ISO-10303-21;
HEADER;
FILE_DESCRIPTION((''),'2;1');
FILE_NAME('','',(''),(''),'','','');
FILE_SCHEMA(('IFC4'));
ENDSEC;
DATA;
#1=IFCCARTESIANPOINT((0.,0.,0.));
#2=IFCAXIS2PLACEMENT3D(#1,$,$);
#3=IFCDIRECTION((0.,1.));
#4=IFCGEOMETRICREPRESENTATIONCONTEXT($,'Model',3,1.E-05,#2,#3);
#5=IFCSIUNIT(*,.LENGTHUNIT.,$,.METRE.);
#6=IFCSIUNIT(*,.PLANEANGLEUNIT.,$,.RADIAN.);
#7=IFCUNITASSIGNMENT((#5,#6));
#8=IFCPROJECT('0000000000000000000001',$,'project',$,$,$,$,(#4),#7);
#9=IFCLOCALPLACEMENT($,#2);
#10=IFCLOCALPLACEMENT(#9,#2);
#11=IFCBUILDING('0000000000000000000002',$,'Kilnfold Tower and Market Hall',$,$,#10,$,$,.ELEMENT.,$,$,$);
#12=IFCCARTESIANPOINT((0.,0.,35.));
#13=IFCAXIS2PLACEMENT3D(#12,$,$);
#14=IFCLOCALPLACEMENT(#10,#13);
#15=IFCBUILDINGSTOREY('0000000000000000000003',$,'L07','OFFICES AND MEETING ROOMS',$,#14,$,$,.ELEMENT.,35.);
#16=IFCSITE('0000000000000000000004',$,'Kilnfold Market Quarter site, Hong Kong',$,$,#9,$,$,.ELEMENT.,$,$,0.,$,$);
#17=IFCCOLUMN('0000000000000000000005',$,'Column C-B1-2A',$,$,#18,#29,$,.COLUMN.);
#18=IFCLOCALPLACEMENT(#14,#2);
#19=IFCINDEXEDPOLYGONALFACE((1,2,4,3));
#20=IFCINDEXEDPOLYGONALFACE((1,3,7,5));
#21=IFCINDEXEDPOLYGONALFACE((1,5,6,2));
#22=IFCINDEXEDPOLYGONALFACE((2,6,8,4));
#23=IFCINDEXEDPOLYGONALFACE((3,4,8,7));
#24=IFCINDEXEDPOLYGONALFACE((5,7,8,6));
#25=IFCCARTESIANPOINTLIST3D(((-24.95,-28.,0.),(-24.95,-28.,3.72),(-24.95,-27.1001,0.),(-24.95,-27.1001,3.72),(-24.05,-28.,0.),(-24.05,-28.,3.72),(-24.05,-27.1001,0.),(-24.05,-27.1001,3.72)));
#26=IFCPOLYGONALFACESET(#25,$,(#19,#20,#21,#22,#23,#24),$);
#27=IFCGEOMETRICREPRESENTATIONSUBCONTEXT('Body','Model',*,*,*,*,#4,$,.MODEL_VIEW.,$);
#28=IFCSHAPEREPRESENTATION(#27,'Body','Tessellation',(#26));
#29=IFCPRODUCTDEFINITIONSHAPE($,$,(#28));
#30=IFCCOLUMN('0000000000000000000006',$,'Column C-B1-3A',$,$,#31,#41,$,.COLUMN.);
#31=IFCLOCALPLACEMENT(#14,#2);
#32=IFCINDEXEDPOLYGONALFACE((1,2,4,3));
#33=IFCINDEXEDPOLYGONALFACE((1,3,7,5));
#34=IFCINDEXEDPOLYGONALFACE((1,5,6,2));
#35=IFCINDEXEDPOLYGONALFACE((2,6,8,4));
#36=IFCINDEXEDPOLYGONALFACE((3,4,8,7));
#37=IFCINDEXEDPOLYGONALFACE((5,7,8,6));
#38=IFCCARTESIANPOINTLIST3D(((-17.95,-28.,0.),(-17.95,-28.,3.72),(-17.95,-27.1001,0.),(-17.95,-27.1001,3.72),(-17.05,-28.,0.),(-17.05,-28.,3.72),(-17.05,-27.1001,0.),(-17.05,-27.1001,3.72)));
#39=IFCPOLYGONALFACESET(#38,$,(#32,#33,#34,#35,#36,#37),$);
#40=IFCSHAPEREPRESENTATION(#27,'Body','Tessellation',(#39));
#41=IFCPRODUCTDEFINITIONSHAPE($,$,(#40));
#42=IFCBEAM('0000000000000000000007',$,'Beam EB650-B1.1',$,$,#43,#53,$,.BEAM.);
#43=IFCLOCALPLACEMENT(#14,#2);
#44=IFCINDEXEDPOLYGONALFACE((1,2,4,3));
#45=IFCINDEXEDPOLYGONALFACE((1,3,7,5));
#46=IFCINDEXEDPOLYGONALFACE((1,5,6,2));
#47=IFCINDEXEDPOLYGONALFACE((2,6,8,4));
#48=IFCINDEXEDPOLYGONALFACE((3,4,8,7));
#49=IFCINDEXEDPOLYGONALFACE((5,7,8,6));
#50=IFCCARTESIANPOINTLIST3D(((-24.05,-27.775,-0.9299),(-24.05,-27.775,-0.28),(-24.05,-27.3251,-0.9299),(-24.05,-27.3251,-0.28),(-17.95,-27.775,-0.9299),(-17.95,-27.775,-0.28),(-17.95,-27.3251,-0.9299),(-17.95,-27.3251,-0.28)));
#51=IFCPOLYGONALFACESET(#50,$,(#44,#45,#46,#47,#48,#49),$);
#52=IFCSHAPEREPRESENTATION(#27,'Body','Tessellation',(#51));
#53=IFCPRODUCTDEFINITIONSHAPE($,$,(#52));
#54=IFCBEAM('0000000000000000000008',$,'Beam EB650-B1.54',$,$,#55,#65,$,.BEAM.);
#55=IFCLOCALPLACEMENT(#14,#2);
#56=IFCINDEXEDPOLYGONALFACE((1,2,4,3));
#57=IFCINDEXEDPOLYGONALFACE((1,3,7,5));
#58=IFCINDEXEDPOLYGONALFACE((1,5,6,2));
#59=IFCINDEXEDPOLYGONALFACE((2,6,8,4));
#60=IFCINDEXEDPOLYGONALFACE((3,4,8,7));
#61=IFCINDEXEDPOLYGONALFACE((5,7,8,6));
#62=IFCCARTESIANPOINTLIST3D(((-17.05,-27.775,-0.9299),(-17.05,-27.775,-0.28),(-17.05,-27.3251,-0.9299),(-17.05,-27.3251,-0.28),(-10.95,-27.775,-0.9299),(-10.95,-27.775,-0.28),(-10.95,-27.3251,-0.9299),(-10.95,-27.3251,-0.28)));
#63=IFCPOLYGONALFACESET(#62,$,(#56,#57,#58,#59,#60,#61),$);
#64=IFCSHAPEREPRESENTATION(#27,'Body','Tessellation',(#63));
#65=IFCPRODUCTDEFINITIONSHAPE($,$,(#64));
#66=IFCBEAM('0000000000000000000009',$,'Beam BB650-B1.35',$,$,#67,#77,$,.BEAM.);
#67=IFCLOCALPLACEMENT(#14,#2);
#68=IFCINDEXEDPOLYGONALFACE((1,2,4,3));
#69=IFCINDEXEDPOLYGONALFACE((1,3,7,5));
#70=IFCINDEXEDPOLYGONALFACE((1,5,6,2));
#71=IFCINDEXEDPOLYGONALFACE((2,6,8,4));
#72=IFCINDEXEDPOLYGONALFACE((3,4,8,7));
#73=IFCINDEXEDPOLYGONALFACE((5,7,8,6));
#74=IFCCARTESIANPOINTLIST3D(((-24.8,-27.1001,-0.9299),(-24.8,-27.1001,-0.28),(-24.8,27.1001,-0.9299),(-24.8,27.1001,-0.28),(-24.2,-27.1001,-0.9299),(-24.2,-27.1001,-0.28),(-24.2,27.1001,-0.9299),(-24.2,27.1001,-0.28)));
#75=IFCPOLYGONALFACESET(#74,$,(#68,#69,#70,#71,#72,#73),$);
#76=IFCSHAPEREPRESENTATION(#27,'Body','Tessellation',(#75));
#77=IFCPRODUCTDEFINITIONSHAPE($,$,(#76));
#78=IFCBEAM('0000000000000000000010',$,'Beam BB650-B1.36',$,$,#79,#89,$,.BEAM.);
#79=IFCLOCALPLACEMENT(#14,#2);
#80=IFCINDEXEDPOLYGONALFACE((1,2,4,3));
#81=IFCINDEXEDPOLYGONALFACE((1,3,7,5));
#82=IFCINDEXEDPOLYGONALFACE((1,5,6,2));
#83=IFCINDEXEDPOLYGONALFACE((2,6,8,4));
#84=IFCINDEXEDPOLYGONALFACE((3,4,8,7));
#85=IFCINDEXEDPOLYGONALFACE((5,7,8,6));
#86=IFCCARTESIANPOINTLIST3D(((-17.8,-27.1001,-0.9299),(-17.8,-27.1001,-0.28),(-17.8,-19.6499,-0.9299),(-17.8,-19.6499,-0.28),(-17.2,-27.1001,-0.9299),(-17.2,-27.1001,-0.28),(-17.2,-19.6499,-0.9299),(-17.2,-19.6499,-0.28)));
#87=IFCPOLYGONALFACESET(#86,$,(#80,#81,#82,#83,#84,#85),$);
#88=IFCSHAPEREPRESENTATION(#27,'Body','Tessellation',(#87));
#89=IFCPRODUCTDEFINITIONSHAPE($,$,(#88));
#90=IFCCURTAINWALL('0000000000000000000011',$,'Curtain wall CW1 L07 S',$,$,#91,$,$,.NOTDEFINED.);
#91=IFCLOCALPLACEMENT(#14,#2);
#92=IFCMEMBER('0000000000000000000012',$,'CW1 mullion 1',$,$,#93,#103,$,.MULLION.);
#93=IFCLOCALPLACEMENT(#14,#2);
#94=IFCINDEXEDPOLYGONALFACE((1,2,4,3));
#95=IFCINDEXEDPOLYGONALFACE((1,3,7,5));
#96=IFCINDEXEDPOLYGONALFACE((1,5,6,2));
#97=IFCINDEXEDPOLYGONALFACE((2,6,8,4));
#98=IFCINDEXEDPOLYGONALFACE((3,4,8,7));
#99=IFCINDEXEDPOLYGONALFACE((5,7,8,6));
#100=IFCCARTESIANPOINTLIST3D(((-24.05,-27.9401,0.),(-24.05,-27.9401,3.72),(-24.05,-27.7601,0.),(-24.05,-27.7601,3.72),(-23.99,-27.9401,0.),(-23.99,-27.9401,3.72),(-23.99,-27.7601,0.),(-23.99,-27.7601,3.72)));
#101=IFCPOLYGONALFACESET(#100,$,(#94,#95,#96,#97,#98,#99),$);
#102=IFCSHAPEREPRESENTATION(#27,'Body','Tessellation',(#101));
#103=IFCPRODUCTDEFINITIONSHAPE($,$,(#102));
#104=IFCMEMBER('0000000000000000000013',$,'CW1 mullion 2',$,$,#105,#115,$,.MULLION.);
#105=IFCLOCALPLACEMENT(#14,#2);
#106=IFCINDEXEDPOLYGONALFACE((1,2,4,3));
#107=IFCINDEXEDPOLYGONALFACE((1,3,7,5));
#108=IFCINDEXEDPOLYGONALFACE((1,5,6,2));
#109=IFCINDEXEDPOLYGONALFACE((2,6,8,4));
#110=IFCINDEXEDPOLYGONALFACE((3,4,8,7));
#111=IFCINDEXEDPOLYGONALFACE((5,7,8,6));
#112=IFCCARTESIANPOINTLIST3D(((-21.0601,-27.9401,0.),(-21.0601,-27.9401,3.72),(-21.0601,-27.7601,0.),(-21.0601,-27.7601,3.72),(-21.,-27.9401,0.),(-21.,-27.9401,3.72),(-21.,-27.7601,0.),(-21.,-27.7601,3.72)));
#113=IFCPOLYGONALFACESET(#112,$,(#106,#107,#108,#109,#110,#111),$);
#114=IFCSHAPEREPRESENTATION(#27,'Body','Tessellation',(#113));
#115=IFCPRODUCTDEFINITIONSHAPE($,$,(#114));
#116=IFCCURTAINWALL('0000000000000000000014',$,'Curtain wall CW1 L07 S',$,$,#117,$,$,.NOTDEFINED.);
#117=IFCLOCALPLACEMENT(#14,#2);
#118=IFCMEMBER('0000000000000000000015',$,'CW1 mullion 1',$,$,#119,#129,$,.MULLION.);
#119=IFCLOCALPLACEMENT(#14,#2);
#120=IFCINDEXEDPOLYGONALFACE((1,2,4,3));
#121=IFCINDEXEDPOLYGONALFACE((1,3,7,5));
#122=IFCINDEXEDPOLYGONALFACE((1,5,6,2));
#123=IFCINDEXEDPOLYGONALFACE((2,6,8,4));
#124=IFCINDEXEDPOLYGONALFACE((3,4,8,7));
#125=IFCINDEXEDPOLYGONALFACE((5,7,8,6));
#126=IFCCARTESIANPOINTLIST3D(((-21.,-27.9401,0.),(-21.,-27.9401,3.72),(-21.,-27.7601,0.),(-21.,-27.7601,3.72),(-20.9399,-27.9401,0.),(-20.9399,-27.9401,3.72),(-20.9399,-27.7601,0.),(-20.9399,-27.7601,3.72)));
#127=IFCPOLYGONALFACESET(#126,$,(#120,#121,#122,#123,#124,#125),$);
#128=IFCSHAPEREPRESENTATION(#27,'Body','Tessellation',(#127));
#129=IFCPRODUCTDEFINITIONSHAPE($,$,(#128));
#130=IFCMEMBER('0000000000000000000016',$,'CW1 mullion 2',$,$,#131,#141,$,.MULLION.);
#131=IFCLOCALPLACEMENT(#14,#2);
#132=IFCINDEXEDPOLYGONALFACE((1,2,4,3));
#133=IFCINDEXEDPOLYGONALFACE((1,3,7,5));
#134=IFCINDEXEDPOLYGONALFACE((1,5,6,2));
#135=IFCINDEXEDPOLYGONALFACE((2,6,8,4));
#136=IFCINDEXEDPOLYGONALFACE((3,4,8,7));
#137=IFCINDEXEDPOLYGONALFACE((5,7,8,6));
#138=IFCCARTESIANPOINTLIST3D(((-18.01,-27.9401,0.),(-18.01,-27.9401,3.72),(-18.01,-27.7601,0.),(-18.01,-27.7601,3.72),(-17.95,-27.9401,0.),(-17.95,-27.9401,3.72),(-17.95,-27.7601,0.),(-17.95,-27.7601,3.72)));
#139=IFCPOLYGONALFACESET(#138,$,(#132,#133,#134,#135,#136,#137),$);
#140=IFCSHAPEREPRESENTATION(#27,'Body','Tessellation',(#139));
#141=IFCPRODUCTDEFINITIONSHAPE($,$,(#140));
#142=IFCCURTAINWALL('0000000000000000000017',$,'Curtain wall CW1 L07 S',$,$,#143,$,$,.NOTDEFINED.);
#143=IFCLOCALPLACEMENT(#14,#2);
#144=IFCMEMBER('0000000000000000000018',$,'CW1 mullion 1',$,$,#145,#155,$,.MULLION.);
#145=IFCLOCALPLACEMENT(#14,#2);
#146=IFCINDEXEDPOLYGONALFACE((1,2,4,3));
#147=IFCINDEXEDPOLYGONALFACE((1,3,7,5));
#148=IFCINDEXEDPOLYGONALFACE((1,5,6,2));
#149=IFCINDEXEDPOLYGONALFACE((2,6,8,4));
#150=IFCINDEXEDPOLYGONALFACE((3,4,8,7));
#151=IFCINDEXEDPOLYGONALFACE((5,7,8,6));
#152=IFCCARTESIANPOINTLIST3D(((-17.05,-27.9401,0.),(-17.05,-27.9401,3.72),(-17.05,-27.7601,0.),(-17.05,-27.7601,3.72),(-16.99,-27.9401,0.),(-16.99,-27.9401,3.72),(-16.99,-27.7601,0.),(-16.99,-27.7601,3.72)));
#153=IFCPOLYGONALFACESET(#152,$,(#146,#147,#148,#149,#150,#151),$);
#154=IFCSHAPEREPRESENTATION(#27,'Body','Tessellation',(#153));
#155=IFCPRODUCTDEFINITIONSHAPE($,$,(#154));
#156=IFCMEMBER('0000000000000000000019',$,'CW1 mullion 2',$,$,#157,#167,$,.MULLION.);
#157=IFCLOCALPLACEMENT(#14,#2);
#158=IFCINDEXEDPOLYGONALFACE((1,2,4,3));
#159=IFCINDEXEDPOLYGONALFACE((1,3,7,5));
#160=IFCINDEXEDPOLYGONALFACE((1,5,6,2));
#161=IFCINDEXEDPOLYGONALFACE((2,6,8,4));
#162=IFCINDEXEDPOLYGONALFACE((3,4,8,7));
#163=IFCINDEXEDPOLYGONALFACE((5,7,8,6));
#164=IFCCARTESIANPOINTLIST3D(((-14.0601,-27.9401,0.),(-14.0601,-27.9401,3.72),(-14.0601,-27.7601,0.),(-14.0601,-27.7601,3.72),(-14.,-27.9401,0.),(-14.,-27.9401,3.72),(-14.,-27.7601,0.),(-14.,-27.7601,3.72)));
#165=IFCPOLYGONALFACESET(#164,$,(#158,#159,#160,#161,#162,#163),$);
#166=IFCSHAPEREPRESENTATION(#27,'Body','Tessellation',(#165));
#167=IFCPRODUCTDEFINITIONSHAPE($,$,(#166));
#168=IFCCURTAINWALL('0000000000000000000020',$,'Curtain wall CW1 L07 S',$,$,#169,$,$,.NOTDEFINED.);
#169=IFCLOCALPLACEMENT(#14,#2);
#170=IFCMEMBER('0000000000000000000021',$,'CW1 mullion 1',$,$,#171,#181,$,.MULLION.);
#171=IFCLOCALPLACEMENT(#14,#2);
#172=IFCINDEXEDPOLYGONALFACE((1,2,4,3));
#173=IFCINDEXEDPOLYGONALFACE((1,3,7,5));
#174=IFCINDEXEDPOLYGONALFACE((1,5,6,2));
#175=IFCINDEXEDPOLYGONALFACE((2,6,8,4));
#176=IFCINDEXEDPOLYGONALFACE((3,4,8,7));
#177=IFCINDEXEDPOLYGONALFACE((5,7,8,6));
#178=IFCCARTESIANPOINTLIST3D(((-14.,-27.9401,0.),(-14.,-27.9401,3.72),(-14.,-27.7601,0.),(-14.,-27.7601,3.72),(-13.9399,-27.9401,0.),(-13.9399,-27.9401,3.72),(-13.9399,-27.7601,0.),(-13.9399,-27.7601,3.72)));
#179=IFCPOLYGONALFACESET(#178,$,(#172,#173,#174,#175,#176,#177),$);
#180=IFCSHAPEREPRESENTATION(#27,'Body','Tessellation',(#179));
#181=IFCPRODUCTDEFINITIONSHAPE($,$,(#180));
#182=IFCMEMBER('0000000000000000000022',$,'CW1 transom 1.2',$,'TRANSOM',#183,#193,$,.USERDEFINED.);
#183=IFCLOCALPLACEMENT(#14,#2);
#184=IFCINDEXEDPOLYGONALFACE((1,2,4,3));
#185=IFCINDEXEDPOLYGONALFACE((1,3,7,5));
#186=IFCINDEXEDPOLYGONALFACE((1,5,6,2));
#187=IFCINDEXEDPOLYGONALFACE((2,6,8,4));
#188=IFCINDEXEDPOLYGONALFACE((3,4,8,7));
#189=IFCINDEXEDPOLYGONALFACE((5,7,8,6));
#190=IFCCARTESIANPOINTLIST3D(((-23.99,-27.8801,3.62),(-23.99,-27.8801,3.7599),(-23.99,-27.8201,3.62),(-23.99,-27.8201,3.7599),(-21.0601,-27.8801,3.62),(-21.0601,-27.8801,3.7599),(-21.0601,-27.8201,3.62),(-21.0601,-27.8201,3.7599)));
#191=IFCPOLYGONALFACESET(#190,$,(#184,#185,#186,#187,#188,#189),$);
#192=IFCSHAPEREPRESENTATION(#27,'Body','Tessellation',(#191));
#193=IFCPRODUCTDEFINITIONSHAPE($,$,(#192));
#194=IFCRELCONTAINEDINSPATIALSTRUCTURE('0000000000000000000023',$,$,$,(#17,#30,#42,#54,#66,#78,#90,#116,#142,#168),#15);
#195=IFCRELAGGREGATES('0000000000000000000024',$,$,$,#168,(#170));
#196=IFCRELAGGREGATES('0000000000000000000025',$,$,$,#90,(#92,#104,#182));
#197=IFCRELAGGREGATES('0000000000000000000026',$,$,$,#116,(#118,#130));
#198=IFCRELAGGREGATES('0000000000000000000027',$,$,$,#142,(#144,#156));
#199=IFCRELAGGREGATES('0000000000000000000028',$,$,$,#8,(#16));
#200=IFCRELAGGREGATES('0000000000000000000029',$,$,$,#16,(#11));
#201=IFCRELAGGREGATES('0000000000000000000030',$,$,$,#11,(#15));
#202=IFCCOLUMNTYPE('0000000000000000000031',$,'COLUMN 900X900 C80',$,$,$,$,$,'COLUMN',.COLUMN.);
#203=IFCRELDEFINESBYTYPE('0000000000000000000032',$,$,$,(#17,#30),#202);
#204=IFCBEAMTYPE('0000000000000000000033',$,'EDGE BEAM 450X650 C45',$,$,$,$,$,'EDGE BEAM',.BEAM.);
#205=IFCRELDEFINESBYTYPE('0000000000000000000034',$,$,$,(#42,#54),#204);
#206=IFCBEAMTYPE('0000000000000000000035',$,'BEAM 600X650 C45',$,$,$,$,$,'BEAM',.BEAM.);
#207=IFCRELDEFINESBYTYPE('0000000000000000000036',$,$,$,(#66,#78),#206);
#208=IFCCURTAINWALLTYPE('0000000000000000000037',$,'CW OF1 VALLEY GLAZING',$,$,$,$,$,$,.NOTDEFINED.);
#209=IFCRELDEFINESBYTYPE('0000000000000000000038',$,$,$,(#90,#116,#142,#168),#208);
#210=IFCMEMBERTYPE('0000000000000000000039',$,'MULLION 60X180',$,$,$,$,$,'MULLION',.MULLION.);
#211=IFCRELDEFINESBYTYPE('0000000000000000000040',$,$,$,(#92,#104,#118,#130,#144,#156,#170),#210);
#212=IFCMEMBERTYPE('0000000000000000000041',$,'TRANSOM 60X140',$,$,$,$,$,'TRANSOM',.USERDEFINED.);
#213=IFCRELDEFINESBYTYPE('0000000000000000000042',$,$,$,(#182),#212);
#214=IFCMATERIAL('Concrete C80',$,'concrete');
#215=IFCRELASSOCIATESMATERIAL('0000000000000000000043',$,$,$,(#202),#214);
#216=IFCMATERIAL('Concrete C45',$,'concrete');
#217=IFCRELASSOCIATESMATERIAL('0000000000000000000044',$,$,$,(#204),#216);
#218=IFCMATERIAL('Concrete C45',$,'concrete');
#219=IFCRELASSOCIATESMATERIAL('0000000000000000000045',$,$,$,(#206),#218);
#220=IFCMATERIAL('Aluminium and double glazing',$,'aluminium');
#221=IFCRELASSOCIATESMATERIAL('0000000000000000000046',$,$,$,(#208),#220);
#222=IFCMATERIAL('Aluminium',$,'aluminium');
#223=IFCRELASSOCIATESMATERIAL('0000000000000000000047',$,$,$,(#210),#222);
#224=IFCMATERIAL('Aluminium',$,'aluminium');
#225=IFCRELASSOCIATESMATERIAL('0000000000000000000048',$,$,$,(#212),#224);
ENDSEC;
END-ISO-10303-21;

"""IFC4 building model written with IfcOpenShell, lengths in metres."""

from ifc_helpers import new_model, si_unit, direction, frame, origin, origin_2d, place, context, subcontext, project, spatial, rectangle, extrude, source, transform, mapped, material, material_profile, profile_set, type_object, element, aggregate, save


model = new_model("IFC4")

# Units and contexts
model_context = context("Model", 3, precision=1e-05, world=origin(), true_north=direction((0.0, 1.0)))
body_context = subcontext(model_context, "Body", "Model", "MODEL_VIEW")
ifc_project = project(units=[si_unit("LENGTHUNIT", "METRE"), si_unit("PLANEANGLEUNIT", "RADIAN")], contexts=[model_context])

# Site, building, storey
site_placement = place(None, origin())
site = spatial("IfcSite", under=ifc_project, at=site_placement, Name="Kilnfold Market Quarter site, Hong Kong", CompositionType="ELEMENT", RefElevation=0.0)
building_placement = place(site_placement, origin())
building = spatial("IfcBuilding", under=site, at=building_placement, Name="Kilnfold Tower and Market Hall", CompositionType="ELEMENT")
storey_placement = place(building_placement, frame((0.0, 0.0, 35.0)))
storey = spatial("IfcBuildingStorey", under=building, at=storey_placement, Name="L07", Description="OFFICES AND MEETING ROOMS", CompositionType="ELEMENT", Elevation=35.0)

# Columns
ifc_material_1 = material(Name="Concrete C80", Category="concrete")
ifc_material_profile_1 = material_profile(ifc_material_1, rectangle(XDim=0.8999, YDim=0.8999, at=origin_2d()), Name="RC 900x900")
ifc_profile_set_1 = profile_set([ifc_material_profile_1], Name="Concrete C80")
column_type = type_object("IfcColumnType", Name="COLUMN 900X900 C80", ElementType="COLUMN", PredefinedType="COLUMN", material=ifc_profile_set_1)
shared_shape_1 = source(origin(), body_context, "Body", "SweptSolid", [
    extrude(rectangle(XDim=0.8999, YDim=0.8999, at=origin_2d()), origin(), (0.0, 0.0, 1.0), 3.72),
])
for number, where, z_axis, x_axis, name in (
    (1, (-24.5, -27.55, 0.0), (0.0, 0.0, 1.0), (1.0, 0.0, 0.0), "Column C-B1-2A"),
    (2, (-17.5, -27.55, 0.0), (0.0, 0.0, 1.0), (1.0, 0.0, 0.0), "Column C-B1-3A"),
):
    element("IfcColumn", number, at=place(storey_placement, frame(where, z_axis=z_axis, x_axis=x_axis)), inside=storey, type_object=column_type, Name=name, PredefinedType="COLUMN", context=body_context, shape_type="MappedRepresentation", body=[
        mapped(shared_shape_1, transform((0.0, 0.0, 0.0))),
    ])

# Beams
ifc_material_2 = material(Name="Concrete C45", Category="concrete")
ifc_material_profile_2 = material_profile(ifc_material_2, rectangle(XDim=0.45, YDim=0.6499, at=origin_2d()), Name="RC 450x650")
ifc_profile_set_2 = profile_set([ifc_material_profile_2], Name="Concrete C45")
beam_type_1 = type_object("IfcBeamType", Name="EDGE BEAM 450X650 C45", ElementType="EDGE BEAM", PredefinedType="BEAM", material=ifc_profile_set_2)
shared_shape_2 = source(origin(), body_context, "Body", "SweptSolid", [
    extrude(rectangle(XDim=0.45, YDim=0.6499, at=origin_2d()), origin(), (0.0, 0.0, 1.0), 6.1001),
])
for number, where, z_axis, x_axis, name in (
    (3, (-24.05, -27.55, -0.605), (1.0, 0.0, 0.0), (0.0, 1.0, 0.0), "Beam EB650-B1.1"),
    (4, (-17.05, -27.55, -0.605), (1.0, 0.0, 0.0), (0.0, 1.0, 0.0), "Beam EB650-B1.54"),
):
    element("IfcBeam", number, at=place(storey_placement, frame(where, z_axis=z_axis, x_axis=x_axis)), inside=storey, type_object=beam_type_1, Name=name, PredefinedType="BEAM", context=body_context, shape_type="MappedRepresentation", body=[
        mapped(shared_shape_2, transform((0.0, 0.0, 0.0))),
    ])
ifc_material_3 = material(Name="Concrete C45", Category="concrete")
ifc_material_profile_3 = material_profile(ifc_material_3, rectangle(XDim=0.6001, YDim=0.6499, at=origin_2d()), Name="RC 600x650")
ifc_profile_set_3 = profile_set([ifc_material_profile_3], Name="Concrete C45")
beam_type_2 = type_object("IfcBeamType", Name="BEAM 600X650 C45", ElementType="BEAM", PredefinedType="BEAM", material=ifc_profile_set_3)
shared_shape_3 = source(origin(), body_context, "Body", "SweptSolid", [
    extrude(rectangle(XDim=0.6001, YDim=0.6499, at=origin_2d()), origin(), (0.0, 0.0, 1.0), 54.2002),
])
beam_1_placement = place(storey_placement, frame((-24.5, -27.1001, -0.605), z_axis=(0.0, 1.0, 0.0), x_axis=(-1.0, 0.0, 0.0)))
element("IfcBeam", 5, at=beam_1_placement, inside=storey, type_object=beam_type_2, Name="Beam BB650-B1.35", PredefinedType="BEAM", context=body_context, shape_type="MappedRepresentation", body=[
    mapped(shared_shape_3, transform((0.0, 0.0, 0.0))),
])
shared_shape_4 = source(origin(), body_context, "Body", "SweptSolid", [
    extrude(rectangle(XDim=0.6001, YDim=0.6499, at=origin_2d()), origin(), (0.0, 0.0, 1.0), 7.4502),
])
beam_2_placement = place(storey_placement, frame((-17.5, -27.1001, -0.605), z_axis=(0.0, 1.0, 0.0), x_axis=(-1.0, 0.0, 0.0)))
element("IfcBeam", 6, at=beam_2_placement, inside=storey, type_object=beam_type_2, Name="Beam BB650-B1.36", PredefinedType="BEAM", context=body_context, shape_type="MappedRepresentation", body=[
    mapped(shared_shape_4, transform((0.0, 0.0, 0.0))),
])

# Curtain walls, members
ifc_material_4 = material(Name="Aluminium and double glazing", Category="aluminium")
curtain_wall_type = type_object("IfcCurtainWallType", Name="CW OF1 VALLEY GLAZING", PredefinedType="NOTDEFINED", material=ifc_material_4)
curtain_wall_1_placement = place(storey_placement, origin())
curtain_wall_1 = element("IfcCurtainWall", 7, at=curtain_wall_1_placement, inside=storey, type_object=curtain_wall_type, Name="Curtain wall CW1 L07 S", PredefinedType="NOTDEFINED")
ifc_material_5 = material(Name="Aluminium", Category="aluminium")
ifc_material_profile_4 = material_profile(ifc_material_5, rectangle(XDim=0.0601, YDim=0.1799, at=origin_2d()), Name="MULLION 60x180")
ifc_profile_set_4 = profile_set([ifc_material_profile_4], Name="Aluminium")
member_type_1 = type_object("IfcMemberType", Name="MULLION 60X180", ElementType="MULLION", PredefinedType="MULLION", material=ifc_profile_set_4)
shared_shape_5 = source(origin(), body_context, "Body", "SweptSolid", [
    extrude(rectangle(XDim=0.0601, YDim=0.1799, at=origin_2d()), origin(), (0.0, 0.0, 1.0), 3.72),
])
member_1_placement = place(storey_placement, frame((-24.02, -27.8501, 0.0), z_axis=(0.0, 0.0, 1.0), x_axis=(1.0, 0.0, 0.0)))
member_1 = element("IfcMember", 8, at=member_1_placement, type_object=member_type_1, Name="CW1 mullion 1", PredefinedType="MULLION", context=body_context, shape_type="MappedRepresentation", body=[
    mapped(shared_shape_5, transform((0.0, 0.0, 0.0))),
])
member_2_placement = place(storey_placement, frame((-21.03, -27.8501, 0.0), z_axis=(0.0, 0.0, 1.0), x_axis=(1.0, 0.0, 0.0)))
member_2 = element("IfcMember", 9, at=member_2_placement, type_object=member_type_1, Name="CW1 mullion 2", PredefinedType="MULLION", context=body_context, shape_type="MappedRepresentation", body=[
    mapped(shared_shape_5, transform((0.0, 0.0, 0.0))),
])
curtain_wall_2_placement = place(storey_placement, origin())
curtain_wall_2 = element("IfcCurtainWall", 10, at=curtain_wall_2_placement, inside=storey, type_object=curtain_wall_type, Name="Curtain wall CW1 L07 S", PredefinedType="NOTDEFINED")
member_3_placement = place(storey_placement, frame((-20.97, -27.8501, 0.0), z_axis=(0.0, 0.0, 1.0), x_axis=(1.0, 0.0, 0.0)))
member_3 = element("IfcMember", 11, at=member_3_placement, type_object=member_type_1, Name="CW1 mullion 1", PredefinedType="MULLION", context=body_context, shape_type="MappedRepresentation", body=[
    mapped(shared_shape_5, transform((0.0, 0.0, 0.0))),
])
member_4_placement = place(storey_placement, frame((-17.98, -27.8501, 0.0), z_axis=(0.0, 0.0, 1.0), x_axis=(1.0, 0.0, 0.0)))
member_4 = element("IfcMember", 12, at=member_4_placement, type_object=member_type_1, Name="CW1 mullion 2", PredefinedType="MULLION", context=body_context, shape_type="MappedRepresentation", body=[
    mapped(shared_shape_5, transform((0.0, 0.0, 0.0))),
])
curtain_wall_3_placement = place(storey_placement, origin())
curtain_wall_3 = element("IfcCurtainWall", 13, at=curtain_wall_3_placement, inside=storey, type_object=curtain_wall_type, Name="Curtain wall CW1 L07 S", PredefinedType="NOTDEFINED")
member_5_placement = place(storey_placement, frame((-17.02, -27.8501, 0.0), z_axis=(0.0, 0.0, 1.0), x_axis=(1.0, 0.0, 0.0)))
member_5 = element("IfcMember", 14, at=member_5_placement, type_object=member_type_1, Name="CW1 mullion 1", PredefinedType="MULLION", context=body_context, shape_type="MappedRepresentation", body=[
    mapped(shared_shape_5, transform((0.0, 0.0, 0.0))),
])
member_6_placement = place(storey_placement, frame((-14.03, -27.8501, 0.0), z_axis=(0.0, 0.0, 1.0), x_axis=(1.0, 0.0, 0.0)))
member_6 = element("IfcMember", 15, at=member_6_placement, type_object=member_type_1, Name="CW1 mullion 2", PredefinedType="MULLION", context=body_context, shape_type="MappedRepresentation", body=[
    mapped(shared_shape_5, transform((0.0, 0.0, 0.0))),
])

# Curtain wall, member
curtain_wall_4_placement = place(storey_placement, origin())
curtain_wall_4 = element("IfcCurtainWall", 16, at=curtain_wall_4_placement, inside=storey, type_object=curtain_wall_type, Name="Curtain wall CW1 L07 S", PredefinedType="NOTDEFINED")
member_7_placement = place(storey_placement, frame((-13.97, -27.8501, 0.0), z_axis=(0.0, 0.0, 1.0), x_axis=(1.0, 0.0, 0.0)))
member_7 = element("IfcMember", 17, at=member_7_placement, type_object=member_type_1, Name="CW1 mullion 1", PredefinedType="MULLION", context=body_context, shape_type="MappedRepresentation", body=[
    mapped(shared_shape_5, transform((0.0, 0.0, 0.0))),
])

# Member
ifc_material_6 = material(Name="Aluminium", Category="aluminium")
ifc_material_profile_5 = material_profile(ifc_material_6, rectangle(XDim=0.0601, YDim=0.1399, at=origin_2d()), Name="TRANSOM 60x140")
ifc_profile_set_5 = profile_set([ifc_material_profile_5], Name="Aluminium")
member_type_2 = type_object("IfcMemberType", Name="TRANSOM 60X140", ElementType="TRANSOM", PredefinedType="USERDEFINED", material=ifc_profile_set_5)
shared_shape_6 = source(origin(), body_context, "Body", "SweptSolid", [
    extrude(rectangle(XDim=0.0601, YDim=0.1399, at=origin_2d()), origin(), (0.0, 0.0, 1.0), 2.9299),
])
member_8_placement = place(storey_placement, frame((-23.99, -27.8501, 3.6899), z_axis=(1.0, 0.0, 0.0), x_axis=(0.0, 1.0, 0.0)))
member_8 = element("IfcMember", 18, at=member_8_placement, type_object=member_type_2, Name="CW1 transom 1.2", ObjectType="TRANSOM", PredefinedType="USERDEFINED", context=body_context, shape_type="MappedRepresentation", body=[
    mapped(shared_shape_6, transform((0.0, 0.0, 0.0))),
])
aggregate(curtain_wall_4, [member_7])

aggregate(curtain_wall_1, [member_1, member_2, member_8])
aggregate(curtain_wall_2, [member_3, member_4])
aggregate(curtain_wall_3, [member_5, member_6])

save(model, "model.ifc")
